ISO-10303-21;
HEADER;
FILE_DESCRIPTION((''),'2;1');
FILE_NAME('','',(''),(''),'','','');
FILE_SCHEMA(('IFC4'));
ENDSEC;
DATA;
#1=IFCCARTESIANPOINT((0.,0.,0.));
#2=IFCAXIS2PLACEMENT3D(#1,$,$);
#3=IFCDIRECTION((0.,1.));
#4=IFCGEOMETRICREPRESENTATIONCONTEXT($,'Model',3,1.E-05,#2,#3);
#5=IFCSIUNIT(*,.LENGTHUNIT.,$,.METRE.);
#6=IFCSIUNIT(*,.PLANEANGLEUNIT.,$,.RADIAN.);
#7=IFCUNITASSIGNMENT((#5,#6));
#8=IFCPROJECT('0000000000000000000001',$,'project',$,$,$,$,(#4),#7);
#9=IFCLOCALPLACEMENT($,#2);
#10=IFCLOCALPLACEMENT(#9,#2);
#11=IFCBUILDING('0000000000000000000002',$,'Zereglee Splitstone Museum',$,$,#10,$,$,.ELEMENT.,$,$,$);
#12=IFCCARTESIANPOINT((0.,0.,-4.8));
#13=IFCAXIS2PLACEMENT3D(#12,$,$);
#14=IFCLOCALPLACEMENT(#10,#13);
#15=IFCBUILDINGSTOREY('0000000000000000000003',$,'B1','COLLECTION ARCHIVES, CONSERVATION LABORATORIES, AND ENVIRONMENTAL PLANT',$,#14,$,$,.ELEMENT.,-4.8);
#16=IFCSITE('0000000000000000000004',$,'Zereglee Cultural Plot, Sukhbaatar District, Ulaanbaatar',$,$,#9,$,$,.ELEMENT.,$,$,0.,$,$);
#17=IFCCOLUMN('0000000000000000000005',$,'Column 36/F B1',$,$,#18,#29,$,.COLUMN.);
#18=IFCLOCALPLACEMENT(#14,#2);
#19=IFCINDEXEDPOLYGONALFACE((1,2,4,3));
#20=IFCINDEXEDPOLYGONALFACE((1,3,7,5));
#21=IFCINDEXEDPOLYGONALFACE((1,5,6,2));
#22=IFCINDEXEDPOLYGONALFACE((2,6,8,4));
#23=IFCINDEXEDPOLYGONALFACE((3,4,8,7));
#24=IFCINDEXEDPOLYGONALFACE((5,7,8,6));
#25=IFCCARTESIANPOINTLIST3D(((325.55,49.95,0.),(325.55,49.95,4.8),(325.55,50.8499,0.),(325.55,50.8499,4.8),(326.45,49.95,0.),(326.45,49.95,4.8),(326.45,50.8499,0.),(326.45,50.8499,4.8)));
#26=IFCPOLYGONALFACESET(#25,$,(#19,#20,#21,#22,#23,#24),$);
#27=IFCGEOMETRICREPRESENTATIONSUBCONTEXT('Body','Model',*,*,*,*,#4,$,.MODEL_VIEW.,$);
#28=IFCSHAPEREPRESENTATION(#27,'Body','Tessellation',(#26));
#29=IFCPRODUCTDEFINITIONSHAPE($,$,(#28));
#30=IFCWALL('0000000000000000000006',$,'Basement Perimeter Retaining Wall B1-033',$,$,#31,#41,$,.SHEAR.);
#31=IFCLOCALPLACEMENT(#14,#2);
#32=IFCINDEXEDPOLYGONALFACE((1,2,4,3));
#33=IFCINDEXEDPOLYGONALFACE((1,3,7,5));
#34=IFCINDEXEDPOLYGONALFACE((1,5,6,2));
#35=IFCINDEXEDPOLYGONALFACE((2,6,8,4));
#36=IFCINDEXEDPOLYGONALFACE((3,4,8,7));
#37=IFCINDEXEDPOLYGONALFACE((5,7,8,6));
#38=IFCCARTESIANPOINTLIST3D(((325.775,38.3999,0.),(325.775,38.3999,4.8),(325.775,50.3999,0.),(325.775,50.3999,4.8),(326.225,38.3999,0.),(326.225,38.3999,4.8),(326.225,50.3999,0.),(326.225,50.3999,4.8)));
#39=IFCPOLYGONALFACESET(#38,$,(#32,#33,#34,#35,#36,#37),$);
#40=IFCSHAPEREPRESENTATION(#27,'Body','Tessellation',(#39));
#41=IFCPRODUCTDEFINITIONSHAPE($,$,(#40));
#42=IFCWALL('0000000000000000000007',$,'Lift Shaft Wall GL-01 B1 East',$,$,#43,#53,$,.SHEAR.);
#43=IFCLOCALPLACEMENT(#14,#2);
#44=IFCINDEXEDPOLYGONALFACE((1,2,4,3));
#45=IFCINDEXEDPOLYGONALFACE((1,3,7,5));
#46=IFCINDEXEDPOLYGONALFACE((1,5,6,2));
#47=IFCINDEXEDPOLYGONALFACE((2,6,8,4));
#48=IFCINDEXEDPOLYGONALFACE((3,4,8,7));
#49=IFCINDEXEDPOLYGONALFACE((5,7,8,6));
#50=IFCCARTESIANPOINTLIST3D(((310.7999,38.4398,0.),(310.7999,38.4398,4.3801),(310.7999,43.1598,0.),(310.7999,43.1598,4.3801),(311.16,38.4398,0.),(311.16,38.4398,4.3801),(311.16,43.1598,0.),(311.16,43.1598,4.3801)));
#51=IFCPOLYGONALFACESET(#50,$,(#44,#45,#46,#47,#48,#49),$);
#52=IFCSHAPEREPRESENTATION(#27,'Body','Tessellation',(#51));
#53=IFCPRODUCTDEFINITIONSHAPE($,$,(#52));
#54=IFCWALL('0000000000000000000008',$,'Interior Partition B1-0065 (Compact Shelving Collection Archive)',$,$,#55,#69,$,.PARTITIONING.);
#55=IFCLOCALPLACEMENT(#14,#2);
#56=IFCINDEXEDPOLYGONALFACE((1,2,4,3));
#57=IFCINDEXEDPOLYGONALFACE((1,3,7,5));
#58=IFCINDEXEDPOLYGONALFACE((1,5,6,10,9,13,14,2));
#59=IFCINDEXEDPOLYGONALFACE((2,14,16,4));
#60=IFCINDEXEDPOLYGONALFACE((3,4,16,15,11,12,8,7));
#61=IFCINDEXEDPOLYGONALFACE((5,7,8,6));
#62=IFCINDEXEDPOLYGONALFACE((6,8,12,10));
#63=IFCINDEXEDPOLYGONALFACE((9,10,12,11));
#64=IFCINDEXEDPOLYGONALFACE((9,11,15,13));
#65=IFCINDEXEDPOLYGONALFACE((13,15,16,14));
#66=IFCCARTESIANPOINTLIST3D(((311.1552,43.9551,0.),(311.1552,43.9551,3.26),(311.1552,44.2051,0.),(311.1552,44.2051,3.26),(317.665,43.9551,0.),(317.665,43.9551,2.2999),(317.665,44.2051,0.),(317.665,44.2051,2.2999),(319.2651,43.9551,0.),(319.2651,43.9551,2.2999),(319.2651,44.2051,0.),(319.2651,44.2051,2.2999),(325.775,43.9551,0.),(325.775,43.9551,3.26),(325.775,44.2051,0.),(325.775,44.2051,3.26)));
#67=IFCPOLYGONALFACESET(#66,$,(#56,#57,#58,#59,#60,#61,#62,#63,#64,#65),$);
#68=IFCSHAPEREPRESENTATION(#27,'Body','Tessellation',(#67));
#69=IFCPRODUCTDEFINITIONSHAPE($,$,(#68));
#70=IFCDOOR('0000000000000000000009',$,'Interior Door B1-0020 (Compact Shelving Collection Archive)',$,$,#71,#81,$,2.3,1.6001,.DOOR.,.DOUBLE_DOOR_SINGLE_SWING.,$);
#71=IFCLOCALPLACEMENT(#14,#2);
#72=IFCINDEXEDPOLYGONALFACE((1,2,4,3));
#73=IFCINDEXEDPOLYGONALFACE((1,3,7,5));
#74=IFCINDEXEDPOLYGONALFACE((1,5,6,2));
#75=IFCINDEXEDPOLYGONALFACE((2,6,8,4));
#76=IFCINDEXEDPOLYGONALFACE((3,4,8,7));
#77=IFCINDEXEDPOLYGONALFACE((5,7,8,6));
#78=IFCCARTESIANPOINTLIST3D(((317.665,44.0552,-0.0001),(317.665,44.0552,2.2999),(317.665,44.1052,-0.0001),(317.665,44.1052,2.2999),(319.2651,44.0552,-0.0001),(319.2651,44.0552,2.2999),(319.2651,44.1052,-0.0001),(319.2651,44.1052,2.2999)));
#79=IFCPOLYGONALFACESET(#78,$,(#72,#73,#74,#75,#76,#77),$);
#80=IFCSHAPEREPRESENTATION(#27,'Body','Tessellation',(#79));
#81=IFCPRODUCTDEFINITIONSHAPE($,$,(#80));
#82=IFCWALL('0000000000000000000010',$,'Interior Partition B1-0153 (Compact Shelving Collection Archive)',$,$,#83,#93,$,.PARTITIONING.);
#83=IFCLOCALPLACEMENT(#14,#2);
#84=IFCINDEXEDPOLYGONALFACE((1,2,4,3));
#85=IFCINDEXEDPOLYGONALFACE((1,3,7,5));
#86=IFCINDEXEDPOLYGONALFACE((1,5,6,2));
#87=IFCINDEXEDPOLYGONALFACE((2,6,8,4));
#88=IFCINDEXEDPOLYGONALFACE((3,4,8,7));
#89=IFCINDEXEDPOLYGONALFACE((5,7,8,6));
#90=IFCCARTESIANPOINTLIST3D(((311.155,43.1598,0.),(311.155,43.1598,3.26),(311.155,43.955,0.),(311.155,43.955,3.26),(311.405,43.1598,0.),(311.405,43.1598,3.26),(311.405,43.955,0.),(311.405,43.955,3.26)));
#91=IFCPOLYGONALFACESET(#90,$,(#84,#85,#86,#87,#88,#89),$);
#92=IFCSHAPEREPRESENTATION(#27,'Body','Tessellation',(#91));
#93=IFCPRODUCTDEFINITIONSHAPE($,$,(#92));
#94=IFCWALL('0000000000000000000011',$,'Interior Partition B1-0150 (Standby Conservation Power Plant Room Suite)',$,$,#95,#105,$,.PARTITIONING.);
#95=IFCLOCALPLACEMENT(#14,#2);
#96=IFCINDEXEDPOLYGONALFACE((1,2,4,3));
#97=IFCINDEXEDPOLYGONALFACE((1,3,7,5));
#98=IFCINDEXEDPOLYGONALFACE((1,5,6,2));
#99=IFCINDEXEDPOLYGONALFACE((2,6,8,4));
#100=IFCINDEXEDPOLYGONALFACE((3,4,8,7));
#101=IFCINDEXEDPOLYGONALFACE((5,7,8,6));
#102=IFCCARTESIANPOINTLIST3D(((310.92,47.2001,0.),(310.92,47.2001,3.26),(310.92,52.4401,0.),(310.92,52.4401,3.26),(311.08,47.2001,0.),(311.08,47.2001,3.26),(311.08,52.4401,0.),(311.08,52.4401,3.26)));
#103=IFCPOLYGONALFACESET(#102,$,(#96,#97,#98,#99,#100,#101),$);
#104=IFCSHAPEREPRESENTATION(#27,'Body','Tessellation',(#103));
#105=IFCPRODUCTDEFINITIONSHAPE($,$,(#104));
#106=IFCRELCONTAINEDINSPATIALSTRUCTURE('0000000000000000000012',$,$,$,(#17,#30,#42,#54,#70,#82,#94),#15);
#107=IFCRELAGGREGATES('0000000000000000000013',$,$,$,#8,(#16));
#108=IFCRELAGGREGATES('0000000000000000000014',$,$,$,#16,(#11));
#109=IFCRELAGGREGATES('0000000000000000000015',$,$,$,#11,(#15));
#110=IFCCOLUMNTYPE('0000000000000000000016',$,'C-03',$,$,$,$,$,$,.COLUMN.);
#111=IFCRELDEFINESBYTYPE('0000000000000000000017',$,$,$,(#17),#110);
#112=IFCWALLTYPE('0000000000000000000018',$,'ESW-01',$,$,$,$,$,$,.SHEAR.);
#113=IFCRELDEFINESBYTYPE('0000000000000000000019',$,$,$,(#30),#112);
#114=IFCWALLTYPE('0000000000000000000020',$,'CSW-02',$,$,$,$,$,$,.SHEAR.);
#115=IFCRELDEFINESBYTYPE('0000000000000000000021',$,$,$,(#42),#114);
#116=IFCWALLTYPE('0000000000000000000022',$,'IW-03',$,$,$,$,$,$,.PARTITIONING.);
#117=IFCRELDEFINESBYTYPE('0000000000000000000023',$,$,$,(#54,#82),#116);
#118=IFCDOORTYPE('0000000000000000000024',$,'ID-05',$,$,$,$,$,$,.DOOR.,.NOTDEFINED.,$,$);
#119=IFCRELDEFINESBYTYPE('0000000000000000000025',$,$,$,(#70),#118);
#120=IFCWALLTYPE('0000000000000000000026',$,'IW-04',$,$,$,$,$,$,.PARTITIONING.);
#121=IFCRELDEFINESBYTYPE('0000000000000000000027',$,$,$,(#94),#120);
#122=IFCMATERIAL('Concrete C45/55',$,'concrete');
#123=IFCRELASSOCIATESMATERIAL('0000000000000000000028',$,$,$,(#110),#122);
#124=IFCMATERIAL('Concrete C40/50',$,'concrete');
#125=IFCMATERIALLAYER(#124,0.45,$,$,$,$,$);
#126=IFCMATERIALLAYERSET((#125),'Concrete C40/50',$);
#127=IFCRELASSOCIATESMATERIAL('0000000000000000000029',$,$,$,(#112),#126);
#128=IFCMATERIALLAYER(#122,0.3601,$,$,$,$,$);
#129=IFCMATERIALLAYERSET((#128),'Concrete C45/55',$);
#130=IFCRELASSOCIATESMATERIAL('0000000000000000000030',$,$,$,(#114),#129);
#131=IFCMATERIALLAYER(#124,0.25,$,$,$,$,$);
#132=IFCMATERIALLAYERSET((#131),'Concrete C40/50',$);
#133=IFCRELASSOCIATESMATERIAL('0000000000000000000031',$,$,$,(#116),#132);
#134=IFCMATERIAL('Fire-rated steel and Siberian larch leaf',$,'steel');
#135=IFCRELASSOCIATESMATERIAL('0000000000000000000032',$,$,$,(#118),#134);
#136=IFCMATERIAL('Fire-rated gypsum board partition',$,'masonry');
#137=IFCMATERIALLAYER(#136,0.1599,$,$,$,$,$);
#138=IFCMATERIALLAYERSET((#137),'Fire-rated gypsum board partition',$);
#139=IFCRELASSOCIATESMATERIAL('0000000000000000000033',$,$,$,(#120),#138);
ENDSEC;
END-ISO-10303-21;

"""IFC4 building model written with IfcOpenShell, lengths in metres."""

from ifc_helpers import new_model, si_unit, direction, frame, frame_2d, origin, origin_2d, place, context, subcontext, project, spatial, rectangle, extrude, material, layer, layer_set, material_profile, profile_set, type_object, element, fill, save


model = new_model("IFC4")

# Units and contexts
model_context = context("Model", 3, precision=1e-05, world=origin(), true_north=direction((0.0, 1.0)))
body_context = subcontext(model_context, "Body", "Model", "MODEL_VIEW")
ifc_project = project(units=[si_unit("LENGTHUNIT", "METRE"), si_unit("PLANEANGLEUNIT", "RADIAN")], contexts=[model_context])

# Site, building, storey
site_placement = place(None, origin())
site = spatial("IfcSite", under=ifc_project, at=site_placement, Name="Zereglee Cultural Plot, Sukhbaatar District, Ulaanbaatar", CompositionType="ELEMENT", RefElevation=0.0)
building_placement = place(site_placement, origin())
building = spatial("IfcBuilding", under=site, at=building_placement, Name="Zereglee Splitstone Museum", CompositionType="ELEMENT")
storey_placement = place(building_placement, frame((0.0, 0.0, -4.8)))
storey = spatial("IfcBuildingStorey", under=building, at=storey_placement, Name="B1", Description="COLLECTION ARCHIVES, CONSERVATION LABORATORIES, AND ENVIRONMENTAL PLANT", CompositionType="ELEMENT", Elevation=-4.8)

# Shared definitions
ifc_material_1 = material(Name="Concrete C40/50", Category="concrete")

# Column
ifc_material_2 = material(Name="Concrete C45/55", Category="concrete")
ifc_material_profile_1 = material_profile(ifc_material_2, rectangle(XDim=0.8999, YDim=0.8999, at=origin_2d()), Name="RC 900x900")
ifc_profile_set_1 = profile_set([ifc_material_profile_1], Name="Concrete C45/55")
column_type_1 = type_object("IfcColumnType", Name="C-03", PredefinedType="COLUMN", material=ifc_profile_set_1)
column_1_placement = place(storey_placement, frame((326.0, 50.3999, 0.0), z_axis=(0.0, 0.0, 1.0), x_axis=(1.0, 0.0, 0.0)))
element("IfcColumn", 1, at=column_1_placement, inside=storey, type_object=column_type_1, Name="Column 36/F B1", PredefinedType="COLUMN", context=body_context, shape_type="SweptSolid", body=[
    extrude(rectangle(XDim=0.8999, YDim=0.8999, at=origin_2d()), origin(), (0.0, 0.0, 1.0), 4.8),
])

# Walls
ifc_layer_1 = layer(ifc_material_1, 0.45)
ifc_layer_set_1 = layer_set([ifc_layer_1], Name="Concrete C40/50")
wall_type_1 = type_object("IfcWallType", Name="ESW-01", PredefinedType="SHEAR", material=ifc_layer_set_1)
wall_1_placement = place(storey_placement, frame((326.0, 38.3999, 0.0), z_axis=(0.0, 0.0, 1.0), x_axis=(0.0, 1.0, 0.0)))
element("IfcWall", 2, at=wall_1_placement, inside=storey, type_object=wall_type_1, Name="Basement Perimeter Retaining Wall B1-033", PredefinedType="SHEAR", context=body_context, shape_type="SweptSolid", body=[
    extrude(rectangle(XDim=12.0, YDim=0.45, at=frame_2d((6.0, 0.0))), origin(), (0.0, 0.0, 1.0), 4.8),
])
ifc_layer_2 = layer(ifc_material_2, 0.3601)
ifc_layer_set_2 = layer_set([ifc_layer_2], Name="Concrete C45/55")
wall_type_2 = type_object("IfcWallType", Name="CSW-02", PredefinedType="SHEAR", material=ifc_layer_set_2)
wall_2_placement = place(storey_placement, frame((310.98, 38.4399, 0.0), z_axis=(0.0, 0.0, 1.0), x_axis=(0.0, 1.0, 0.0)))
element("IfcWall", 3, at=wall_2_placement, inside=storey, type_object=wall_type_2, Name="Lift Shaft Wall GL-01 B1 East", PredefinedType="SHEAR", context=body_context, shape_type="SweptSolid", body=[
    extrude(rectangle(XDim=4.72, YDim=0.3601, at=frame_2d((2.3599, 0.0))), origin(), (0.0, 0.0, 1.0), 4.3801),
])

# Wall, opening, door
ifc_layer_3 = layer(ifc_material_1, 0.25)
ifc_layer_set_3 = layer_set([ifc_layer_3], Name="Concrete C40/50")
wall_type_3 = type_object("IfcWallType", Name="IW-03", PredefinedType="PARTITIONING", material=ifc_layer_set_3)
wall_3_placement = place(storey_placement, frame((311.155, 44.0801, 0.0), z_axis=(0.0, 0.0, 1.0), x_axis=(1.0, 0.0, 0.0)))
wall_3 = element("IfcWall", 4, at=wall_3_placement, inside=storey, type_object=wall_type_3, Name="Interior Partition B1-0065 (Compact Shelving Collection Archive)", PredefinedType="PARTITIONING", context=body_context, shape_type="SweptSolid", body=[
    extrude(rectangle(XDim=14.6199, YDim=0.25, at=frame_2d((7.3101, 0.0))), origin(), (0.0, 0.0, 1.0), 3.26),
])
opening_placement = place(wall_3_placement, frame((6.51, 0.0, 0.0)))
opening = element("IfcOpeningElement", 5, at=opening_placement, cuts=wall_3, PredefinedType="OPENING", context=body_context, shape_type="SweptSolid", body=[
    extrude(rectangle(XDim=1.6001, YDim=2.3, at=frame_2d((0.8, 1.1499))), frame((0.0, 0.1399, 0.0), z_axis=(0.0, -1.0, 0.0), x_axis=(1.0, 0.0, 0.0)), (0.0, 0.0, 1.0), 0.2798),
])
ifc_material_3 = material(Name="Fire-rated steel and Siberian larch leaf", Category="steel")
door_type = type_object("IfcDoorType", Name="ID-05", OperationType="NOTDEFINED", PredefinedType="DOOR", material=ifc_material_3)
door_placement = place(opening_placement, frame((1.6001, 0.0, 0.0), z_axis=(0.0, 0.0, 1.0), x_axis=(-1.0, 0.0, 0.0)))
door = element("IfcDoor", 6, at=door_placement, inside=storey, type_object=door_type, Name="Interior Door B1-0020 (Compact Shelving Collection Archive)", OperationType="DOUBLE_DOOR_SINGLE_SWING", OverallHeight=2.3, OverallWidth=1.6001, PredefinedType="DOOR", context=body_context, shape_type="SweptSolid", body=[
    extrude(rectangle(XDim=1.6001, YDim=2.3, at=frame_2d((0.8, 1.1499))), frame((0.0, 0.0249, 0.0), z_axis=(0.0, -1.0, 0.0), x_axis=(1.0, 0.0, 0.0)), (0.0, 0.0, 1.0), 0.05),
])
fill(opening, door)

# Walls
wall_4_placement = place(storey_placement, frame((311.28, 43.1599, 0.0), z_axis=(0.0, 0.0, 1.0), x_axis=(0.0, 1.0, 0.0)))
element("IfcWall", 7, at=wall_4_placement, inside=storey, type_object=wall_type_3, Name="Interior Partition B1-0153 (Compact Shelving Collection Archive)", PredefinedType="PARTITIONING", context=body_context, shape_type="SweptSolid", body=[
    extrude(rectangle(XDim=0.7952, YDim=0.25, at=frame_2d((0.3975, 0.0))), origin(), (0.0, 0.0, 1.0), 3.26),
])
ifc_material_4 = material(Name="Fire-rated gypsum board partition", Category="masonry")
ifc_layer_4 = layer(ifc_material_4, 0.1599)
ifc_layer_set_4 = layer_set([ifc_layer_4], Name="Fire-rated gypsum board partition")
wall_type_4 = type_object("IfcWallType", Name="IW-04", PredefinedType="PARTITIONING", material=ifc_layer_set_4)
wall_5_placement = place(storey_placement, frame((311.0, 47.2, 0.0), z_axis=(0.0, 0.0, 1.0), x_axis=(0.0, 1.0, 0.0)))
element("IfcWall", 8, at=wall_5_placement, inside=storey, type_object=wall_type_4, Name="Interior Partition B1-0150 (Standby Conservation Power Plant Room Suite)", PredefinedType="PARTITIONING", context=body_context, shape_type="SweptSolid", body=[
    extrude(rectangle(XDim=5.24, YDim=0.1599, at=frame_2d((2.6201, 0.0))), origin(), (0.0, 0.0, 1.0), 3.26),
])

save(model, "model.ifc")
